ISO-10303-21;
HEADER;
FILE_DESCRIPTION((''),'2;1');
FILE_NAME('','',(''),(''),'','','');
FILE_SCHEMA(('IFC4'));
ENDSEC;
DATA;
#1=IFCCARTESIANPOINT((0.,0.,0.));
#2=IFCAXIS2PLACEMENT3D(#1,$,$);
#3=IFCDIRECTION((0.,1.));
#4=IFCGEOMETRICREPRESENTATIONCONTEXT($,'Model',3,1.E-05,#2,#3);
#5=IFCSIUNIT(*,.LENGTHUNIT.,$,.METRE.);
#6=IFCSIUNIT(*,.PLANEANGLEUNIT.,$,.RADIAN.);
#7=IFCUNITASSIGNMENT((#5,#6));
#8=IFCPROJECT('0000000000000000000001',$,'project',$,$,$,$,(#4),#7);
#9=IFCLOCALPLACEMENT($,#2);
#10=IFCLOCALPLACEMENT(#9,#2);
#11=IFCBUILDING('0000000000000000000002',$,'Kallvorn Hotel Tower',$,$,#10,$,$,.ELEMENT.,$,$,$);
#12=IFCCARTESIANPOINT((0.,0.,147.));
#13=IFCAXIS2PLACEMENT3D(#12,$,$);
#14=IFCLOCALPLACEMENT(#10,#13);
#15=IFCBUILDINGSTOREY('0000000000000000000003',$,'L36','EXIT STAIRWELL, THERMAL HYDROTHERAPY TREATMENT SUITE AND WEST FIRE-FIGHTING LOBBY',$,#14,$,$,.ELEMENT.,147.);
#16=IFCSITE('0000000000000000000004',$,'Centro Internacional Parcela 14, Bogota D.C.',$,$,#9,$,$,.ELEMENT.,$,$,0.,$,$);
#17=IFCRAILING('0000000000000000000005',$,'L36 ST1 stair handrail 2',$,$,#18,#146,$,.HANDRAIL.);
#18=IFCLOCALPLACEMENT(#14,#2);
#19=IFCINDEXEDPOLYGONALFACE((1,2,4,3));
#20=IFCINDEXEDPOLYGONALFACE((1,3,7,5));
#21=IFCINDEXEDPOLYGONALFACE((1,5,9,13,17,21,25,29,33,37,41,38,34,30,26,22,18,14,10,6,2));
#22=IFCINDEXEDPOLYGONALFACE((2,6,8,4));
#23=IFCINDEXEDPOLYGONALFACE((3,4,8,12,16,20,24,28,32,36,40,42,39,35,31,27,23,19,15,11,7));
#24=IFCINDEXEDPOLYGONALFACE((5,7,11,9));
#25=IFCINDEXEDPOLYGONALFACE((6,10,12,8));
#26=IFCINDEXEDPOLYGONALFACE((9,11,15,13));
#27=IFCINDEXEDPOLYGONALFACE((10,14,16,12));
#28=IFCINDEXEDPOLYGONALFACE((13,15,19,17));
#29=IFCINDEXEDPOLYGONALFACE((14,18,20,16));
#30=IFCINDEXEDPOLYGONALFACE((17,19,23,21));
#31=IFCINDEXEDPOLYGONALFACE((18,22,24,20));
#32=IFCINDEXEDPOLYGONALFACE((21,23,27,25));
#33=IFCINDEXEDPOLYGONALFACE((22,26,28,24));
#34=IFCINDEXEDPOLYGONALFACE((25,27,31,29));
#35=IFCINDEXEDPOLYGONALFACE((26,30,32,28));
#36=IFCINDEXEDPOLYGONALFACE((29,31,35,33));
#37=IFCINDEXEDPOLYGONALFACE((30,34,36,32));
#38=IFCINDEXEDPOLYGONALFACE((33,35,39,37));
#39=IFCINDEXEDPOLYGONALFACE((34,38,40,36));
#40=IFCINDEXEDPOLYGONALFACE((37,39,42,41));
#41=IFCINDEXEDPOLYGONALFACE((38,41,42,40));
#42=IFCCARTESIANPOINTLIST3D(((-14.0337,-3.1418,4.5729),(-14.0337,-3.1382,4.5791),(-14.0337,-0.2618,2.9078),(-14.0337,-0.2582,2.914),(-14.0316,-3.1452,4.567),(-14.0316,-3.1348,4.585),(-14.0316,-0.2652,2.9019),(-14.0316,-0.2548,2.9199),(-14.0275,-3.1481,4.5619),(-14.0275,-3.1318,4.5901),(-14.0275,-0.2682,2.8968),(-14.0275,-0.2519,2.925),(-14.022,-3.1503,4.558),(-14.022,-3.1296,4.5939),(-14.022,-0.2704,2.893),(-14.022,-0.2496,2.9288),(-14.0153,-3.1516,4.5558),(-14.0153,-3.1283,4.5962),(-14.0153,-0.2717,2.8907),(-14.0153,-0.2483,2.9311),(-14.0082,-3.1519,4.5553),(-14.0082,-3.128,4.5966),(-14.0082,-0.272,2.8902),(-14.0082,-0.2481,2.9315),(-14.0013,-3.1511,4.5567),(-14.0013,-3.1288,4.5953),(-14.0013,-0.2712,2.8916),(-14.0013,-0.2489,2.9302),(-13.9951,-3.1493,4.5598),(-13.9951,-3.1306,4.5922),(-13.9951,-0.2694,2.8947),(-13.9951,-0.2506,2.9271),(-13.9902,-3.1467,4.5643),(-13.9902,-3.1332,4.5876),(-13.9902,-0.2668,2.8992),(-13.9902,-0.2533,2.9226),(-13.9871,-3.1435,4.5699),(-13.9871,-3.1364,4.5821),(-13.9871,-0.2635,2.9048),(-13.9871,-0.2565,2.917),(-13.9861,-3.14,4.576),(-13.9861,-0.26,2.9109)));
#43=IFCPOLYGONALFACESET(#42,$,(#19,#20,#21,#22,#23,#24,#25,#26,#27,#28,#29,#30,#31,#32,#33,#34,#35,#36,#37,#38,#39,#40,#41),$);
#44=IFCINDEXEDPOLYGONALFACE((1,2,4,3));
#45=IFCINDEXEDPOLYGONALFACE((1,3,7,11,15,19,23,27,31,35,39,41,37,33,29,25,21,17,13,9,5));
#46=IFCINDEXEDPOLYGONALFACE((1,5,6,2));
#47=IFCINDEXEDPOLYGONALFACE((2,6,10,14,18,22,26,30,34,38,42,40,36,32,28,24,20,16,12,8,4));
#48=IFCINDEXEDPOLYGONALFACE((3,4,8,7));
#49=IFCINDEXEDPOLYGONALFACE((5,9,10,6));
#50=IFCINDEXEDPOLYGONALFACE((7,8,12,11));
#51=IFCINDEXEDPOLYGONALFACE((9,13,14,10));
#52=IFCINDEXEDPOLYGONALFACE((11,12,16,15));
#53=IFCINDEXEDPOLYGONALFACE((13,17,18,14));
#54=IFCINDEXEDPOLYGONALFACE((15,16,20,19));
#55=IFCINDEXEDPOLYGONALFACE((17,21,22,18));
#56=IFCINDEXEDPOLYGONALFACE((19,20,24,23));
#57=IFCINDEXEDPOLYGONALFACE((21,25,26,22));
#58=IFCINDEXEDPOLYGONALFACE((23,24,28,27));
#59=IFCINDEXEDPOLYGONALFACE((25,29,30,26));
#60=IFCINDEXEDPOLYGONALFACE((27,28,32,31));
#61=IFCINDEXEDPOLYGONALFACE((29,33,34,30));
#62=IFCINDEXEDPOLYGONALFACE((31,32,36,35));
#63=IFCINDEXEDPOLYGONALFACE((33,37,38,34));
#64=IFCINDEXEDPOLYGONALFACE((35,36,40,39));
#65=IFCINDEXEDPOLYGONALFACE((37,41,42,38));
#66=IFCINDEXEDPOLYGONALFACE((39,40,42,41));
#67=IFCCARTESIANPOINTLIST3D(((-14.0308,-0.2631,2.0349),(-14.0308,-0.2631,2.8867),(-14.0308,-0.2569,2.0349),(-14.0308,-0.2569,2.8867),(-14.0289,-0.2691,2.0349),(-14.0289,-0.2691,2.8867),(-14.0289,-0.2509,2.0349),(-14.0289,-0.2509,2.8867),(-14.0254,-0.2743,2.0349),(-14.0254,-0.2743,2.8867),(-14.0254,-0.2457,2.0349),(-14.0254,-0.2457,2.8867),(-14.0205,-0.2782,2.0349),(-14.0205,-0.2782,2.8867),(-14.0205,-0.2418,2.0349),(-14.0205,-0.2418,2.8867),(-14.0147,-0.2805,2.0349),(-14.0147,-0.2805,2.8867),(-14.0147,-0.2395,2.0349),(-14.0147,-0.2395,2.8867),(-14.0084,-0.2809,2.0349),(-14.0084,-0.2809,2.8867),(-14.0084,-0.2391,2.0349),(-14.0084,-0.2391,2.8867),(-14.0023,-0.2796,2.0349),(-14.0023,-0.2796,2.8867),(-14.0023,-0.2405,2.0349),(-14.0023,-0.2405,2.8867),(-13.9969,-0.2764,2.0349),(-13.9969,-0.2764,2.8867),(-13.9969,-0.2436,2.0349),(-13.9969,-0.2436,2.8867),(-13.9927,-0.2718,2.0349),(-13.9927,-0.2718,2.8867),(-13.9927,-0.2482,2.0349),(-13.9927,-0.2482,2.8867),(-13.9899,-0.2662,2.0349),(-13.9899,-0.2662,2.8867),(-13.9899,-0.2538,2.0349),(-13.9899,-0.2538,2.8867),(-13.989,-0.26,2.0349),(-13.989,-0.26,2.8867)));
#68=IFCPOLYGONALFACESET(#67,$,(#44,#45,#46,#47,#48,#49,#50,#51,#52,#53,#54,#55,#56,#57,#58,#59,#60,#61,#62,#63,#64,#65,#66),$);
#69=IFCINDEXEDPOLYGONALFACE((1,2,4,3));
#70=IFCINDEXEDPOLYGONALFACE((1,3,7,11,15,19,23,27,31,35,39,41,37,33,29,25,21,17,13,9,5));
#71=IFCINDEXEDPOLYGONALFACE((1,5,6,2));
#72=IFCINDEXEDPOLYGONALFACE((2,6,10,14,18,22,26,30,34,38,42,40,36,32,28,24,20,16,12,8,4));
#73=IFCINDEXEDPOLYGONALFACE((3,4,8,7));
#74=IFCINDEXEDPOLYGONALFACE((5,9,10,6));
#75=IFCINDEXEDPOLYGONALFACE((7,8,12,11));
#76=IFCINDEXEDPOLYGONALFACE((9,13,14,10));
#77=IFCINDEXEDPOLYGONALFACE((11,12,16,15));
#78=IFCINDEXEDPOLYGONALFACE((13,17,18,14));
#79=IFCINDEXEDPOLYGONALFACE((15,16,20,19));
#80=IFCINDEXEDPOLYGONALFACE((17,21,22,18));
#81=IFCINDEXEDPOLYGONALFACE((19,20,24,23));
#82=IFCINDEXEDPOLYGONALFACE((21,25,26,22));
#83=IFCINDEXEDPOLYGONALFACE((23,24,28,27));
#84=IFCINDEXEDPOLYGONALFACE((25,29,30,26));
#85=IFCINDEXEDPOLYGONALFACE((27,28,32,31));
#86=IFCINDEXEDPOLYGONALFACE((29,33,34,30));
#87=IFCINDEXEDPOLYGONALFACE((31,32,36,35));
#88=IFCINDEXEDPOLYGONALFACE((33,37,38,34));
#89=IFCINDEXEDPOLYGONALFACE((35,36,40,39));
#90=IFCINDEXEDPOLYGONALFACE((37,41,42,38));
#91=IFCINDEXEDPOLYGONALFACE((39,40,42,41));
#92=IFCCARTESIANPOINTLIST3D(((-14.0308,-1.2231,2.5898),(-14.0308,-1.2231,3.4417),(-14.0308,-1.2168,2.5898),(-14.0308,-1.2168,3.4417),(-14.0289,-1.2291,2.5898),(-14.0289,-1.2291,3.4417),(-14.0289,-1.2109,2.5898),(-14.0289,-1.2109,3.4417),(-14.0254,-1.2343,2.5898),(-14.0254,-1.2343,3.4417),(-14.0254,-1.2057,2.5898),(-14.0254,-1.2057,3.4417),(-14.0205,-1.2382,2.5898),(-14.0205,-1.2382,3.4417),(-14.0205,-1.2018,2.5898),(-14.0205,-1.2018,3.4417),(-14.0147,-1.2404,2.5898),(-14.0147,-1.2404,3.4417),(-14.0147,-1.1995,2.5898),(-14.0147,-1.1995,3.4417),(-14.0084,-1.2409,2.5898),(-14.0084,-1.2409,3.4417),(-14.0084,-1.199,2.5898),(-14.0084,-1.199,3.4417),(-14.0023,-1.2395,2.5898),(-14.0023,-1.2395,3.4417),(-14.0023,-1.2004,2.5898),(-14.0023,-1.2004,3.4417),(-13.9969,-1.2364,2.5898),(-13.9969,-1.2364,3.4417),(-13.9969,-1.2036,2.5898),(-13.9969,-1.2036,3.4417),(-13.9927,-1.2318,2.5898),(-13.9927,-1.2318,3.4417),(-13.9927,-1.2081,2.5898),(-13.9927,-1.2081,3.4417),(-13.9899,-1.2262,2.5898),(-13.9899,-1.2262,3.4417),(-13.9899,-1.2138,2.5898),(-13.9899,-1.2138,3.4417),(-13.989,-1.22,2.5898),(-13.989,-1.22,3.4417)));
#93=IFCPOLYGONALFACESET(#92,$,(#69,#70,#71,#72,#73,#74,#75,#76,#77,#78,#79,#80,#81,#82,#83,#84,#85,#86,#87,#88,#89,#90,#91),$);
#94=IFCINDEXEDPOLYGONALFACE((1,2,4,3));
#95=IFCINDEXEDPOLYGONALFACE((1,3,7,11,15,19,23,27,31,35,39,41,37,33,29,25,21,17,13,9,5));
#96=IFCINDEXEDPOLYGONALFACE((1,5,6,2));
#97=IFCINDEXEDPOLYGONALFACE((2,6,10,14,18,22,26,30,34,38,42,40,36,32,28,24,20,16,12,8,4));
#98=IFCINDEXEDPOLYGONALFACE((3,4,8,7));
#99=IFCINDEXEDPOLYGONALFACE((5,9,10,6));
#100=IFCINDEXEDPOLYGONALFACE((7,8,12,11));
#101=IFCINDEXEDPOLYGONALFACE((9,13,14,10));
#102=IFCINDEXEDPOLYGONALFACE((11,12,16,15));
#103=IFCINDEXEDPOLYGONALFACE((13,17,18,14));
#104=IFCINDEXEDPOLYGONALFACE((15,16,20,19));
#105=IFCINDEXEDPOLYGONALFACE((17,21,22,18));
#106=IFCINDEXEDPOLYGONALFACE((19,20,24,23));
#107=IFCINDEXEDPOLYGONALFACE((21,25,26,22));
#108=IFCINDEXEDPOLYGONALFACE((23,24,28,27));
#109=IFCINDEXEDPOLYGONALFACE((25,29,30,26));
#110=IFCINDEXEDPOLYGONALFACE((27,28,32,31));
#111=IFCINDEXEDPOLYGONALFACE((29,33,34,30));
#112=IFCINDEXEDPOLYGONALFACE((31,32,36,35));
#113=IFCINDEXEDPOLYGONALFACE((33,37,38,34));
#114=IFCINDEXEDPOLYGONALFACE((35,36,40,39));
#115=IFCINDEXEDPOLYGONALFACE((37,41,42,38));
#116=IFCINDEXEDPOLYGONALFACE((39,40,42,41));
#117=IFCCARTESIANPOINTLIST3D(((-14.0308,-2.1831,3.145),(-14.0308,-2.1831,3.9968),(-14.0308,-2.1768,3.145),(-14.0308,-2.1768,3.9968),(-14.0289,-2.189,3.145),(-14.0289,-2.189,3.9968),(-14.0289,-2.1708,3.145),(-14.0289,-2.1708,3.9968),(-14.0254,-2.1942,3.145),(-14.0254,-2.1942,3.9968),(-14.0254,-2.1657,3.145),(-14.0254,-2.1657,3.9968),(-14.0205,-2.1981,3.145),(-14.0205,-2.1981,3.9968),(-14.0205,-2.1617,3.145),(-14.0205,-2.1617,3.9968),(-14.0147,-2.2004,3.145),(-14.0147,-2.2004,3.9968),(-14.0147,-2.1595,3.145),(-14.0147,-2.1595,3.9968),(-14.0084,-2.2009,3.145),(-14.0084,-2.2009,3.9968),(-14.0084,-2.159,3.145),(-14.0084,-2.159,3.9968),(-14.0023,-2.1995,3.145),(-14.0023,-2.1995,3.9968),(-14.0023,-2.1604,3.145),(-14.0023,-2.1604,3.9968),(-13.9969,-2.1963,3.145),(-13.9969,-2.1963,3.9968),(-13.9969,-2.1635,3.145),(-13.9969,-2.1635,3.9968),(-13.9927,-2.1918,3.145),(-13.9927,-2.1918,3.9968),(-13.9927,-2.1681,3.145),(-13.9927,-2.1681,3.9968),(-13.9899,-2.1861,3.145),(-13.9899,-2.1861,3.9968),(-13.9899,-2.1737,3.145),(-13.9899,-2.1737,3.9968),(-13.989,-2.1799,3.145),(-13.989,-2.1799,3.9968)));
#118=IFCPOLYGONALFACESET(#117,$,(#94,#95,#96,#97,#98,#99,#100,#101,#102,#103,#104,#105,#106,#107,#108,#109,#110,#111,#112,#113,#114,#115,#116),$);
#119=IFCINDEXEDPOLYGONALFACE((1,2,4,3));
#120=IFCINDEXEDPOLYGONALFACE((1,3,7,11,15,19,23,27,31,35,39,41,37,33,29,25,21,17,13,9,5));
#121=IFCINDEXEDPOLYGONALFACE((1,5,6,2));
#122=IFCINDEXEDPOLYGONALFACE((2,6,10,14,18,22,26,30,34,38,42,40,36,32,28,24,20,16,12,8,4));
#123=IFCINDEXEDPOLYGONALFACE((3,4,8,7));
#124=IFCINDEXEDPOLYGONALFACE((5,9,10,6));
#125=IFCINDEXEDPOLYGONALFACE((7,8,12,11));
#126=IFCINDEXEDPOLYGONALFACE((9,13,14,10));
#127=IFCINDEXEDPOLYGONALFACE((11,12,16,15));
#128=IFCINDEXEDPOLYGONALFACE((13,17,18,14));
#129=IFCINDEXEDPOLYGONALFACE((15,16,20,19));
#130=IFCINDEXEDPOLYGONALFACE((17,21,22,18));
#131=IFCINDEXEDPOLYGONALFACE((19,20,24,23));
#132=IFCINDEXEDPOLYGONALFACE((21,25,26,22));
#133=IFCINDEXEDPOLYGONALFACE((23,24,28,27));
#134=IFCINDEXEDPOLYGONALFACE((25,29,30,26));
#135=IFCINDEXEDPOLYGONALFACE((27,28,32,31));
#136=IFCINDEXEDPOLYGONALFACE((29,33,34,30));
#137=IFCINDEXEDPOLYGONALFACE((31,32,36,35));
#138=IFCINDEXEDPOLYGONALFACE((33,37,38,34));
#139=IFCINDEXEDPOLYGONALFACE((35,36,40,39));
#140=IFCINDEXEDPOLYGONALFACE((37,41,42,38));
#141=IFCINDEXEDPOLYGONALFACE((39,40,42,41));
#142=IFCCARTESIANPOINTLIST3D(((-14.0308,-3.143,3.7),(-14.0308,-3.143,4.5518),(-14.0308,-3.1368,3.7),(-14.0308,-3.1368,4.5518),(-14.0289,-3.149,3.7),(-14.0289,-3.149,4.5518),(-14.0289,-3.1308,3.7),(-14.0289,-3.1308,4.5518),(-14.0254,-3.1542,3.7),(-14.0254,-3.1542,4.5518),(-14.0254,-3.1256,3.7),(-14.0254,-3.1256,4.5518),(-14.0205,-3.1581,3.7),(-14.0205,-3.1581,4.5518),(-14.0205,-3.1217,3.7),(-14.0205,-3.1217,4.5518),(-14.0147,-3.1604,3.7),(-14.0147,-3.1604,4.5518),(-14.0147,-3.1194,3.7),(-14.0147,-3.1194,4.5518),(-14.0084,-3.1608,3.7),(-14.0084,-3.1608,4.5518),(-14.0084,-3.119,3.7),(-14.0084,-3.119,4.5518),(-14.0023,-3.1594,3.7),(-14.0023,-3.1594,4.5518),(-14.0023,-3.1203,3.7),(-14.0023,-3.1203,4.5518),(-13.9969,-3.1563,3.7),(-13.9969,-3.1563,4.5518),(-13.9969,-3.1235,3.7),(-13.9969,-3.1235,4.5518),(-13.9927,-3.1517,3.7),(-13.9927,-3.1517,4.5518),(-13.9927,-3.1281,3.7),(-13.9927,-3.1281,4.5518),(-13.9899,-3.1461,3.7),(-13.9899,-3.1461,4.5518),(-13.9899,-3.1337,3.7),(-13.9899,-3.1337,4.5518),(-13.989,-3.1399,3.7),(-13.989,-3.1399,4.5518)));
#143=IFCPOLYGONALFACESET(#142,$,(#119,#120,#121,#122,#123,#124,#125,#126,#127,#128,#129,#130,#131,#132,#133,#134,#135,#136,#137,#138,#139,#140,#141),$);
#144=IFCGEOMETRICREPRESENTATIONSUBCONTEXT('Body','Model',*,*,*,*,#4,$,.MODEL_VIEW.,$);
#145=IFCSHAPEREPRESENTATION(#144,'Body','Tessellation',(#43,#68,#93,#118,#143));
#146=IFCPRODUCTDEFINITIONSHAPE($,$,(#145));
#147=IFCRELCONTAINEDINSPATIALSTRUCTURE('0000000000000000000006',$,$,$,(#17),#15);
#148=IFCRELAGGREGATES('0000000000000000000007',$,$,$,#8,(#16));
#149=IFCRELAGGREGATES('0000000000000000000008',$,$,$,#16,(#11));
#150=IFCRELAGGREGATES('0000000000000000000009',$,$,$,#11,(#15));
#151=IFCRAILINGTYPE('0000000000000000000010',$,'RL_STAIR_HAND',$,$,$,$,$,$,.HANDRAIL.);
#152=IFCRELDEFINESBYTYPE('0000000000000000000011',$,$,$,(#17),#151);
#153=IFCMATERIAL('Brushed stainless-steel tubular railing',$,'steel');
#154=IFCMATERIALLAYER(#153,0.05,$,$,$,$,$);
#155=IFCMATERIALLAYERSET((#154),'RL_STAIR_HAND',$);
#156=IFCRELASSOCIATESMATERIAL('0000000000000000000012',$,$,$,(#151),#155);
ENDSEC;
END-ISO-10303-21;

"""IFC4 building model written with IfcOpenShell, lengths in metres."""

from ifc_helpers import new_model, si_unit, direction, frame, origin, origin_2d, place, context, subcontext, project, spatial, circle, extrude, material, layer, layer_set, type_object, element, save


model = new_model("IFC4")

# Units and contexts
model_context = context("Model", 3, precision=1e-05, world=origin(), true_north=direction((0.0, 1.0)))
body_context = subcontext(model_context, "Body", "Model", "MODEL_VIEW")
ifc_project = project(units=[si_unit("LENGTHUNIT", "METRE"), si_unit("PLANEANGLEUNIT", "RADIAN")], contexts=[model_context])

# Site, building, storey
site_placement = place(None, origin())
site = spatial("IfcSite", under=ifc_project, at=site_placement, Name="Centro Internacional Parcela 14, Bogota D.C.", CompositionType="ELEMENT", RefElevation=0.0)
building_placement = place(site_placement, origin())
building = spatial("IfcBuilding", under=site, at=building_placement, Name="Kallvorn Hotel Tower", CompositionType="ELEMENT")
storey_placement = place(building_placement, frame((0.0, 0.0, 147.0)))
storey = spatial("IfcBuildingStorey", under=building, at=storey_placement, Name="L36", Description="EXIT STAIRWELL, THERMAL HYDROTHERAPY TREATMENT SUITE AND WEST FIRE-FIGHTING LOBBY", CompositionType="ELEMENT", Elevation=147.0)

# Railing
ifc_material_1 = material(Name="Brushed stainless-steel tubular railing", Category="steel")
ifc_layer_1 = layer(ifc_material_1, 0.05)
ifc_layer_set_1 = layer_set([ifc_layer_1], Name="RL_STAIR_HAND")
railing_type_1 = type_object("IfcRailingType", Name="RL_STAIR_HAND", PredefinedType="HANDRAIL", material=ifc_layer_set_1)
railing_1_placement = place(storey_placement, frame((-14.01, -0.26, 2.0349)))
element("IfcRailing", 1, at=railing_1_placement, inside=storey, type_object=railing_type_1, Name="L36 ST1 stair handrail 2", PredefinedType="HANDRAIL", context=body_context, shape_type="SweptSolid", body=[
    extrude(circle(Radius=0.0239, at=origin_2d()), frame((0.0, 0.0, 0.876), z_axis=(0.0, -0.865721, 0.500527), x_axis=(1.0, 0.0, 0.0)), (0.0, 0.0, 1.0), 3.3267),
    extrude(circle(Radius=0.021, at=origin_2d()), origin(), (0.0, 0.0, 1.0), 0.8518),
    extrude(circle(Radius=0.021, at=origin_2d()), frame((0.0, -0.96, 0.5549)), (0.0, 0.0, 1.0), 0.8518),
    extrude(circle(Radius=0.021, at=origin_2d()), frame((0.0, -1.9199, 1.1101)), (0.0, 0.0, 1.0), 0.8518),
    extrude(circle(Radius=0.021, at=origin_2d()), frame((0.0, -2.8799, 1.665)), (0.0, 0.0, 1.0), 0.8518),
])

save(model, "model.ifc")
